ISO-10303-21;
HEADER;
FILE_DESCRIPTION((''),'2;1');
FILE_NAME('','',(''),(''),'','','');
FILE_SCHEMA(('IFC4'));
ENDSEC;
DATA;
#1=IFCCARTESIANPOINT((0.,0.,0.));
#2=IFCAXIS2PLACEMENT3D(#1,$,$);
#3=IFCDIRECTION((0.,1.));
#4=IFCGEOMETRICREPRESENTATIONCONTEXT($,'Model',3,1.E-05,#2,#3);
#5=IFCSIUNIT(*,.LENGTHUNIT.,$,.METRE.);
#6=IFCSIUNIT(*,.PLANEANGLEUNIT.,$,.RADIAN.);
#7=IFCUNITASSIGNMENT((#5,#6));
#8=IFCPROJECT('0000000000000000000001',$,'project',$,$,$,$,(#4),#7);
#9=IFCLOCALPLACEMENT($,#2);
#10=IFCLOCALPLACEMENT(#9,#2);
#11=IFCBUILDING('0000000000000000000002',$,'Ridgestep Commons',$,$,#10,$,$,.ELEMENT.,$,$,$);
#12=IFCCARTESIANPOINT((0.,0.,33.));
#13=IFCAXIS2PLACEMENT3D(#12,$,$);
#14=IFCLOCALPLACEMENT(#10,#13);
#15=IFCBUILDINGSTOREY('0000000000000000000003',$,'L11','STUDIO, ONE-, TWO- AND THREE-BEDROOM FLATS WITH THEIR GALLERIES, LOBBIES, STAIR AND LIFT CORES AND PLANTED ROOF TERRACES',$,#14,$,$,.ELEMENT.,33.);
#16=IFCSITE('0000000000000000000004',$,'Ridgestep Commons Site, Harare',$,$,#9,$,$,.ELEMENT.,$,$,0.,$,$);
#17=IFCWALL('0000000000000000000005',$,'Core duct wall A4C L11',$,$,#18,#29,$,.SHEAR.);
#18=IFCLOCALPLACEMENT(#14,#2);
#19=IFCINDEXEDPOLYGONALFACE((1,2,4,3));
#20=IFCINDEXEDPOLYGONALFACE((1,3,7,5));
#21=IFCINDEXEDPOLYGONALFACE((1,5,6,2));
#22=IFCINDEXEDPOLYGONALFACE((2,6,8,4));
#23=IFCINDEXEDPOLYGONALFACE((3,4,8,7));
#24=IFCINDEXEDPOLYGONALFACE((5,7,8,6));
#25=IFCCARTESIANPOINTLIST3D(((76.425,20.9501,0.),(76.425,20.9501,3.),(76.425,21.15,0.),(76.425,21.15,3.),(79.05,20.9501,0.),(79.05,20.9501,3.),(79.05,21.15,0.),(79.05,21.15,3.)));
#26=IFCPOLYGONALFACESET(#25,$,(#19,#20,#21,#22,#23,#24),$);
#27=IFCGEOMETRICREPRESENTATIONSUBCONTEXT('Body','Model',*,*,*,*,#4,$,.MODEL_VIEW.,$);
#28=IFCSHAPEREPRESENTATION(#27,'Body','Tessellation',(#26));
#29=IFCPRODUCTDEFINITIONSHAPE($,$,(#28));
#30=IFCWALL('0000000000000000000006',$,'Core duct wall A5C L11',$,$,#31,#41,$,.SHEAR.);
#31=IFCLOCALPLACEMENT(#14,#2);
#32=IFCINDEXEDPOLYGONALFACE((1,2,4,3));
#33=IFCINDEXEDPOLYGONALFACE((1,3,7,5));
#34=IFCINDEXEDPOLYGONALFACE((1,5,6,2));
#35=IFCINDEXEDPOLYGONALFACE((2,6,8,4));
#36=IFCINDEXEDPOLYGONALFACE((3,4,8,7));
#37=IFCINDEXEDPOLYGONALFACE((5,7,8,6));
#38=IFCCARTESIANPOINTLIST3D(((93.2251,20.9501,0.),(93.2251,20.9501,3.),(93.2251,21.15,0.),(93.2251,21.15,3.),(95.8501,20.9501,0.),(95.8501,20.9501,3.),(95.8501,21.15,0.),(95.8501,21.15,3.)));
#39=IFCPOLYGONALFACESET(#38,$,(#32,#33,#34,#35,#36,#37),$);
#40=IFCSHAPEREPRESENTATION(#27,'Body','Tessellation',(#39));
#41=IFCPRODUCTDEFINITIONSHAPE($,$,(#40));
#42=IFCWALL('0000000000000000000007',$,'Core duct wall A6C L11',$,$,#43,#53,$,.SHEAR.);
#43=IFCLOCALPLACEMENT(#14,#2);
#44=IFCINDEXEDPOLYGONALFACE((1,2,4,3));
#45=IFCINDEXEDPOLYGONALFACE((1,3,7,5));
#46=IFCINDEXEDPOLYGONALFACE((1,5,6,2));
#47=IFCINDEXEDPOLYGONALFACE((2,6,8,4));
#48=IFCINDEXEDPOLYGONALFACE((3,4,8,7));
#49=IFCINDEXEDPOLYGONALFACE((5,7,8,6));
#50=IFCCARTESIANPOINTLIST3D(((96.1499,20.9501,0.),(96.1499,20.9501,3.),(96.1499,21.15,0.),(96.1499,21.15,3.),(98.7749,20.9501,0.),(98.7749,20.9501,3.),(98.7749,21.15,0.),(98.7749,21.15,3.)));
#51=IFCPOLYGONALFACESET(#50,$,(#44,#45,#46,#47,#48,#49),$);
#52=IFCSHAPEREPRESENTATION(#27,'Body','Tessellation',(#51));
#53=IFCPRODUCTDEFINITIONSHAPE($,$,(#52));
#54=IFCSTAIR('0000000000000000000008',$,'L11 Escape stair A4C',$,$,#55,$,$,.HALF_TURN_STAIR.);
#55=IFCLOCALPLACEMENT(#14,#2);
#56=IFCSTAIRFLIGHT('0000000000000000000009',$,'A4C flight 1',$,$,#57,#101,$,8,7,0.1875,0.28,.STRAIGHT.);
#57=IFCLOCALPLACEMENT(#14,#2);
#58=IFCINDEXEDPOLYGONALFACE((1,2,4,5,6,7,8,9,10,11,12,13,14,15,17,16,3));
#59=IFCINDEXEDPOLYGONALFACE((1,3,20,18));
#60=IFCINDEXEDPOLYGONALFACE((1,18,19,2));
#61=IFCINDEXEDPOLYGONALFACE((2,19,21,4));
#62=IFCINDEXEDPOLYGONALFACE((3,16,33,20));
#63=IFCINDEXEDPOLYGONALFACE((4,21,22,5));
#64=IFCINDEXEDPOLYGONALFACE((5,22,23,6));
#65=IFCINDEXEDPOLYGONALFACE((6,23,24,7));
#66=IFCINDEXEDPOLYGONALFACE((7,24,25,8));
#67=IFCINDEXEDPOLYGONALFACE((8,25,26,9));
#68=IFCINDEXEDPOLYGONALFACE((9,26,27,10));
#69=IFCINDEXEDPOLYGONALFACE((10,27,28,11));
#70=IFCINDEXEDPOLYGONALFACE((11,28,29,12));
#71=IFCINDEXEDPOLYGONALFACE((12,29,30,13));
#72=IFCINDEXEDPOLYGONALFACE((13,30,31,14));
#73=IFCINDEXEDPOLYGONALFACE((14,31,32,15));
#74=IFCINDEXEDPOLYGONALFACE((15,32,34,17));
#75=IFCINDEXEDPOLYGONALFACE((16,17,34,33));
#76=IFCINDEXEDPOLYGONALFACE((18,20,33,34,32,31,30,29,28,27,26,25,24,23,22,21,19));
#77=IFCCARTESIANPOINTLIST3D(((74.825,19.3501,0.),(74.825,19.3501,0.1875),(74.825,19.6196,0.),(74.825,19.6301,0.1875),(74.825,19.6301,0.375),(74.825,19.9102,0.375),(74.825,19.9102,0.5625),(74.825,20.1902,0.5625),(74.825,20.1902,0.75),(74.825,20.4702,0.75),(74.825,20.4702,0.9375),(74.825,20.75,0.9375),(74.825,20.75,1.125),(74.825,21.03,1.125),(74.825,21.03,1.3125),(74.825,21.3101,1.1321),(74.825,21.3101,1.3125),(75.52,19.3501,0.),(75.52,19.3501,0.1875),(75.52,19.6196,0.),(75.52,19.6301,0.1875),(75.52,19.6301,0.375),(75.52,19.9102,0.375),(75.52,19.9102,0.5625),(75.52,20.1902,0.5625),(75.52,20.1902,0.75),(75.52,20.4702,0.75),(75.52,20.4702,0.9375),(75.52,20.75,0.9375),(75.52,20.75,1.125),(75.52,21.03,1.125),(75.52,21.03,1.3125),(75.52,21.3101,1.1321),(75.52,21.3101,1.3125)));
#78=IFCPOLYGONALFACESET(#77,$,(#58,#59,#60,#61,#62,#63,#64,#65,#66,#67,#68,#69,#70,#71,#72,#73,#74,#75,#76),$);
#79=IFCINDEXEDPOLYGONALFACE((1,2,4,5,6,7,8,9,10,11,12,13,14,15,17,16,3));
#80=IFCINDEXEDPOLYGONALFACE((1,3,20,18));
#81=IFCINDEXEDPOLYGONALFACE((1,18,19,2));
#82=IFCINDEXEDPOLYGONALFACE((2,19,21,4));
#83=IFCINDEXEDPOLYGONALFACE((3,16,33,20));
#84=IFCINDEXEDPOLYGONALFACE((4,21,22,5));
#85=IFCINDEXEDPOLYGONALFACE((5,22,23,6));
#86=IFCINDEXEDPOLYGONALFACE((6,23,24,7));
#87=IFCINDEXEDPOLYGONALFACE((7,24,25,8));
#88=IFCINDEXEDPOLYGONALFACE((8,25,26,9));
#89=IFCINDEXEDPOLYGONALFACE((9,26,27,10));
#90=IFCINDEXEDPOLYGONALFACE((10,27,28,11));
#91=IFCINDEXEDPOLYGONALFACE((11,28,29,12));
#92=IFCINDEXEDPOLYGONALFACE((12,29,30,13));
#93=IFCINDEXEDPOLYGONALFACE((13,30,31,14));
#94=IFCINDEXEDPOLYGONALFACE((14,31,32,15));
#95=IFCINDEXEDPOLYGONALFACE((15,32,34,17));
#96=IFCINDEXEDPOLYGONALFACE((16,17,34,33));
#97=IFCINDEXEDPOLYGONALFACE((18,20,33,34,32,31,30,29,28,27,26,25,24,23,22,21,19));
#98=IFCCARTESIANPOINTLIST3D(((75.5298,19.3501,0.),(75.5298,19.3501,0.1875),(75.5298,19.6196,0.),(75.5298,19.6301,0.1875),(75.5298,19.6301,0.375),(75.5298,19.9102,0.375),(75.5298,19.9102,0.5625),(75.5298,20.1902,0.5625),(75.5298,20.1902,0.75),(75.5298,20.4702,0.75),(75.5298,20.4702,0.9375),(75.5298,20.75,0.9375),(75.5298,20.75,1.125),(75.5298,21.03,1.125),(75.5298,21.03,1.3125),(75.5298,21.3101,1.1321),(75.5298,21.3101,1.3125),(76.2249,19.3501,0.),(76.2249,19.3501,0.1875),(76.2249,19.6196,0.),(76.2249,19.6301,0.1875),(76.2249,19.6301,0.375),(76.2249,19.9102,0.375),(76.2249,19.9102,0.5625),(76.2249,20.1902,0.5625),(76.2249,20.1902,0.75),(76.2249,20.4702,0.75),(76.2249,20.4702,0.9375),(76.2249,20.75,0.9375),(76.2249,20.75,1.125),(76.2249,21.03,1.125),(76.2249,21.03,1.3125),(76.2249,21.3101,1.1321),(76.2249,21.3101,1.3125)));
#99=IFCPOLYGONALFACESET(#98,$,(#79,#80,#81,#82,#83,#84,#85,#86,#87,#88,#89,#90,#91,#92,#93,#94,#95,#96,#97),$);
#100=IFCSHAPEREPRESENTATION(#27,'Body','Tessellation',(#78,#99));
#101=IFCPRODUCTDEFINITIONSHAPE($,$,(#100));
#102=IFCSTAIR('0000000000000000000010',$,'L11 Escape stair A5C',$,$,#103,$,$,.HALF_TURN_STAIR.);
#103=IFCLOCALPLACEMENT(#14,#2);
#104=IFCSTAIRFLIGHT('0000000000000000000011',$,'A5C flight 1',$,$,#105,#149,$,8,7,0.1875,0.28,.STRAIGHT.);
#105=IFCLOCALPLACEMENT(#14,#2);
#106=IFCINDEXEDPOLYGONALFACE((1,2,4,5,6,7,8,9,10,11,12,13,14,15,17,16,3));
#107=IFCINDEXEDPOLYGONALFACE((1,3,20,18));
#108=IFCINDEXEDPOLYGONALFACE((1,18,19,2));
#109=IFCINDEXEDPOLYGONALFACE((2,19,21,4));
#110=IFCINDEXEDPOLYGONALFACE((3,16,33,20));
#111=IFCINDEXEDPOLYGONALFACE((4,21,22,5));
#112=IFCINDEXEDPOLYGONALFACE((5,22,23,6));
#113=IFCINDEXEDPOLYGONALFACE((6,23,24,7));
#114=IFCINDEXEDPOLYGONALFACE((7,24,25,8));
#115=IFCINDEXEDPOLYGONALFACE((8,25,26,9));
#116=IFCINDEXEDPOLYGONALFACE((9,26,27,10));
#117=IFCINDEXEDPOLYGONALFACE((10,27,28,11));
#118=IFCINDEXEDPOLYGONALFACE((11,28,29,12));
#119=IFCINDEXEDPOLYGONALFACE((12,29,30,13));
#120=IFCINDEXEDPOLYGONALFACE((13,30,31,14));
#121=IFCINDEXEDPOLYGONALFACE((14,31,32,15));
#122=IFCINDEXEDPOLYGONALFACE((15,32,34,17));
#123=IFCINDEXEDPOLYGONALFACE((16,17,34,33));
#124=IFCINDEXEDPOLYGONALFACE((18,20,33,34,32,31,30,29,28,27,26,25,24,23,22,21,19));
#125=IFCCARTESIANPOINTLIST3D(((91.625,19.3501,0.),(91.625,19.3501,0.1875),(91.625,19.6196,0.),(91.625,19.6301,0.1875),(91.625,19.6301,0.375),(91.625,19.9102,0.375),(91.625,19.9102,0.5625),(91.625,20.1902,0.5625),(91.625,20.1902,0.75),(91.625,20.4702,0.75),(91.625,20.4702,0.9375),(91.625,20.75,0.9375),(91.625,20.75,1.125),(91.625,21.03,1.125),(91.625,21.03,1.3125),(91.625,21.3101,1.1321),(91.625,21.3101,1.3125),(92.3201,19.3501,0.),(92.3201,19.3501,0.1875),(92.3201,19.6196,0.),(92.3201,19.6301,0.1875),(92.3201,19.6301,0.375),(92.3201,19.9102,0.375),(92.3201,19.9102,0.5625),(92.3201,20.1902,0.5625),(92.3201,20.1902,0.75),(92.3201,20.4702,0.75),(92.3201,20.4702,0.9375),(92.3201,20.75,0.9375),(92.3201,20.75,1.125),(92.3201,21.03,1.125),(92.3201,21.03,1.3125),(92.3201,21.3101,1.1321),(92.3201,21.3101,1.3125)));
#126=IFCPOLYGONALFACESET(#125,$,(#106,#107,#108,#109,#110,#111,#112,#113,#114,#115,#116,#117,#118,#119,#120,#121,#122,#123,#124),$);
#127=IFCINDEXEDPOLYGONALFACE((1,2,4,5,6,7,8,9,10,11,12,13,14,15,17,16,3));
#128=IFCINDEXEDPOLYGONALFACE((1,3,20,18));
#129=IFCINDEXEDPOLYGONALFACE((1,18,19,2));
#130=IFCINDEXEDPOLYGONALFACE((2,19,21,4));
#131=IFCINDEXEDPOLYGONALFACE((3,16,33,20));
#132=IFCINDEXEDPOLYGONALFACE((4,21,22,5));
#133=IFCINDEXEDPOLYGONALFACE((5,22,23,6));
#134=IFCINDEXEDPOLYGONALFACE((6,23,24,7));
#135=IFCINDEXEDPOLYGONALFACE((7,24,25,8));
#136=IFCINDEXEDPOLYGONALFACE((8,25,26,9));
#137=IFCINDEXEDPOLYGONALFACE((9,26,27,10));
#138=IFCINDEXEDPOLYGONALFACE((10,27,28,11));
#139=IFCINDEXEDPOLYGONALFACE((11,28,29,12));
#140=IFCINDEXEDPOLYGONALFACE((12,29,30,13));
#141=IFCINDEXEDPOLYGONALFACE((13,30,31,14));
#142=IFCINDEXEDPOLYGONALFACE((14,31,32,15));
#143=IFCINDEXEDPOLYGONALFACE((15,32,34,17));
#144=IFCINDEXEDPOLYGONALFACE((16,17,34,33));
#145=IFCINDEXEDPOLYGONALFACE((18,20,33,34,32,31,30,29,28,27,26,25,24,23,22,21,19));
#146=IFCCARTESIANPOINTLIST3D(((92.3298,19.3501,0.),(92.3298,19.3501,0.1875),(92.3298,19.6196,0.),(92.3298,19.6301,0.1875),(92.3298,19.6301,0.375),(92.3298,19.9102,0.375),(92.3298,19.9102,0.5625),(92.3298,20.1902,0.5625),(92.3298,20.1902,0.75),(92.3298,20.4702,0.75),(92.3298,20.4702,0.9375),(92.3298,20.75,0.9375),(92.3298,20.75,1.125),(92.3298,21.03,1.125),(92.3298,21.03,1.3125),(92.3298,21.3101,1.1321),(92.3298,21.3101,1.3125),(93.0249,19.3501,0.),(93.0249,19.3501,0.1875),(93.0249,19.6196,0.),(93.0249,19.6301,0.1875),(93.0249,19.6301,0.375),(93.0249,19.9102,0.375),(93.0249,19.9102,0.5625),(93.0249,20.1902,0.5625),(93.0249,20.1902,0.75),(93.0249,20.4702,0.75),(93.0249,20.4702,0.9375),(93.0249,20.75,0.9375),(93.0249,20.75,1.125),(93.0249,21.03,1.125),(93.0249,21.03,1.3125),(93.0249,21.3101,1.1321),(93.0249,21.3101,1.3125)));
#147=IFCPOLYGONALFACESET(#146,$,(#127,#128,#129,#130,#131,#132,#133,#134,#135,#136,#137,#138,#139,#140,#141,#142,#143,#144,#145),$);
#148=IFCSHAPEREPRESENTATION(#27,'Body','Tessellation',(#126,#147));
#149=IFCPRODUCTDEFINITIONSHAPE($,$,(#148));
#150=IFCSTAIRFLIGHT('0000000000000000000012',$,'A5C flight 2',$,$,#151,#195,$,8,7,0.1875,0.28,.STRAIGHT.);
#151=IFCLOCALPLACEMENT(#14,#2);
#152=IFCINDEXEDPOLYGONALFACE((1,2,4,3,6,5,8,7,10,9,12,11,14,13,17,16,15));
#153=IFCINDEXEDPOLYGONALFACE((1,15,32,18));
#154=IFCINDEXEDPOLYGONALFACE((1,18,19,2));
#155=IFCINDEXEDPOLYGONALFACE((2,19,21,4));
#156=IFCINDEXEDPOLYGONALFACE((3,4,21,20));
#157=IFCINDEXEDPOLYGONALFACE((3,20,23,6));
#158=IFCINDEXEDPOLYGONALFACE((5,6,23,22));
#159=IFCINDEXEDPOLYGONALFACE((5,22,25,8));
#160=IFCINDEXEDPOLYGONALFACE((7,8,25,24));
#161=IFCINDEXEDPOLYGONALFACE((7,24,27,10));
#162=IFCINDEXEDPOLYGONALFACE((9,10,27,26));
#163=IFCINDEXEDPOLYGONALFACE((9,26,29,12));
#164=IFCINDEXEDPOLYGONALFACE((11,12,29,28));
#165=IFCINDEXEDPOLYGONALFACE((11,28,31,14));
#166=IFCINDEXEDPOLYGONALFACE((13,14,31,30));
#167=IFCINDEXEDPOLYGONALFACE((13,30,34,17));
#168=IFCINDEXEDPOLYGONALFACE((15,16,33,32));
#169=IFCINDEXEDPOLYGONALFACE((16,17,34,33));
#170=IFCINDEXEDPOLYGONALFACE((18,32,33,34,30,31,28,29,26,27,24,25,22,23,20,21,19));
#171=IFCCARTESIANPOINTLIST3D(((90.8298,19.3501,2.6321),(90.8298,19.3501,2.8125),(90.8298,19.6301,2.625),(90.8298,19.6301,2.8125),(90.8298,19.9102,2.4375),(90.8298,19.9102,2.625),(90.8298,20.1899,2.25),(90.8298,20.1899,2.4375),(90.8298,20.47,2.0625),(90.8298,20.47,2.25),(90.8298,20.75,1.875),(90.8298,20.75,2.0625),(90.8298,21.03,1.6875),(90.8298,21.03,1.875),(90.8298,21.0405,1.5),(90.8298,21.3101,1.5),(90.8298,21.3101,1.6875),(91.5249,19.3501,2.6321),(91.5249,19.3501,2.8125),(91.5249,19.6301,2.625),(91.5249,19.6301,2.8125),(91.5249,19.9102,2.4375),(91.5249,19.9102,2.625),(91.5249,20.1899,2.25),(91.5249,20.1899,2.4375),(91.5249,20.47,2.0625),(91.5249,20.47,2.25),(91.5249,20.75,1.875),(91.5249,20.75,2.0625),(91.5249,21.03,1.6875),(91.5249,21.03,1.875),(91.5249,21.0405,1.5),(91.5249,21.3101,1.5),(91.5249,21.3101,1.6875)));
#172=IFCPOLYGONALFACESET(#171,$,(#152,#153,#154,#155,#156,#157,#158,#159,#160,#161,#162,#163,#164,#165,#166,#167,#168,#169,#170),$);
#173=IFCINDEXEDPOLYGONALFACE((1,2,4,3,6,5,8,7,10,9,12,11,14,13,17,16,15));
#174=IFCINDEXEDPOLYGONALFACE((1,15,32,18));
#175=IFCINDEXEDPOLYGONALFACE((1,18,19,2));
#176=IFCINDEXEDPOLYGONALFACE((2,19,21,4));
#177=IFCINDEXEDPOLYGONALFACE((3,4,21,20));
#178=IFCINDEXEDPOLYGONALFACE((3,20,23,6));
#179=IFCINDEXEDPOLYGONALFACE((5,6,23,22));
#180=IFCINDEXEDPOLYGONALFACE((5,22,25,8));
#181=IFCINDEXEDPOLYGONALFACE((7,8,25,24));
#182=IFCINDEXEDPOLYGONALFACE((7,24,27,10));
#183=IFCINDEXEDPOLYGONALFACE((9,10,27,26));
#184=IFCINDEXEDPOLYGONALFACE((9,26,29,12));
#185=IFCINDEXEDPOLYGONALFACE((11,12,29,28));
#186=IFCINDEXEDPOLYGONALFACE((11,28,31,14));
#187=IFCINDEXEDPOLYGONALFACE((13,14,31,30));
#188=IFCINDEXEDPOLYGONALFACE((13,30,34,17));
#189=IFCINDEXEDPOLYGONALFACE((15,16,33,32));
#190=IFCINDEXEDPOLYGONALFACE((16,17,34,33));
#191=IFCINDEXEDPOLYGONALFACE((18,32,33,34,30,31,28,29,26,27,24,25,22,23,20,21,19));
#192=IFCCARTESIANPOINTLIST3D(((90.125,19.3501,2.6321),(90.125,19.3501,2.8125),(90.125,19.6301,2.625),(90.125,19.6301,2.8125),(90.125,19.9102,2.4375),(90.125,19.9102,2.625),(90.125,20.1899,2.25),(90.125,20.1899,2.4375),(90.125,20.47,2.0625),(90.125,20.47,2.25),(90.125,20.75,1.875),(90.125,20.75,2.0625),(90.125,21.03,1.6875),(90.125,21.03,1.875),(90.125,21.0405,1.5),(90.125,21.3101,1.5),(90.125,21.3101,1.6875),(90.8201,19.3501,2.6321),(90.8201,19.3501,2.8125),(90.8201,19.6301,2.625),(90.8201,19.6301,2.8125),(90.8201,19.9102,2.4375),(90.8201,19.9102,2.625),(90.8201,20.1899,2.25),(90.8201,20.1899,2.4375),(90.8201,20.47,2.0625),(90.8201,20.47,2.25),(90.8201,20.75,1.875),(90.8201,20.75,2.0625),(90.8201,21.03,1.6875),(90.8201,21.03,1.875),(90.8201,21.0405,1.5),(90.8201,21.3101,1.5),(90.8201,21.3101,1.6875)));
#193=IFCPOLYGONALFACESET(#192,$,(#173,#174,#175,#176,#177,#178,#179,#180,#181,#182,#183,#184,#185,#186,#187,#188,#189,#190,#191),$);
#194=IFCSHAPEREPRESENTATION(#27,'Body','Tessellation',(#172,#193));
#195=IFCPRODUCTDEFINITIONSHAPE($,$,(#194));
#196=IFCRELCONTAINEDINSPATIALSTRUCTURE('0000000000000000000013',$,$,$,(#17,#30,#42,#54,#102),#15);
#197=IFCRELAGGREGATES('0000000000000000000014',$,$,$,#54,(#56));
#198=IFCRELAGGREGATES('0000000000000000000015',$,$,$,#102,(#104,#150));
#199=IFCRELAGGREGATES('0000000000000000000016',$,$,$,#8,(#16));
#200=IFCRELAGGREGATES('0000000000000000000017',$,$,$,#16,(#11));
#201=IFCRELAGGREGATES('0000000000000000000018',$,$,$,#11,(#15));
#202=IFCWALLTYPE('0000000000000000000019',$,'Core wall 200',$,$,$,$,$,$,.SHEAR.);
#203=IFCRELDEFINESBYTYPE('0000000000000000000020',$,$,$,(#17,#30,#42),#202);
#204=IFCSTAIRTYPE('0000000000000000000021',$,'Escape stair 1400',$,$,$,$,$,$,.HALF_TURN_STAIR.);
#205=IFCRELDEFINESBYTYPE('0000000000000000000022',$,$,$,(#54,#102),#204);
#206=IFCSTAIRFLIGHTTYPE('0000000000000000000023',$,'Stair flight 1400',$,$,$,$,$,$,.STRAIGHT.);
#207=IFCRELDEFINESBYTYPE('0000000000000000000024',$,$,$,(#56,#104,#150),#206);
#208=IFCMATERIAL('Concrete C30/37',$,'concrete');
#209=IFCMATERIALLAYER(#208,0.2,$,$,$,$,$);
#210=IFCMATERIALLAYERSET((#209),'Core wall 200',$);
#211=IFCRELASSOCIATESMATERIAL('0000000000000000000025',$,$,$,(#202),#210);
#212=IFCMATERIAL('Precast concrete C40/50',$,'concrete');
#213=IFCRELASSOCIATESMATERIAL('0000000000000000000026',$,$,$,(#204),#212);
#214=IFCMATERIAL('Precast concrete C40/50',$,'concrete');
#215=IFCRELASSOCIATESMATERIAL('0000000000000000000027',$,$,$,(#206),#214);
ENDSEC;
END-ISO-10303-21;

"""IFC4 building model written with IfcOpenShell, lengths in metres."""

from ifc_helpers import new_model, si_unit, direction, frame, frame_2d, origin, place, context, subcontext, project, spatial, polyline, rectangle, outline, extrude, material, layer, layer_set, type_object, element, aggregate, save


model = new_model("IFC4")

# Units and contexts
model_context = context("Model", 3, precision=1e-05, world=origin(), true_north=direction((0.0, 1.0)))
body_context = subcontext(model_context, "Body", "Model", "MODEL_VIEW")
ifc_project = project(units=[si_unit("LENGTHUNIT", "METRE"), si_unit("PLANEANGLEUNIT", "RADIAN")], contexts=[model_context])

# Site, building, storey
site_placement = place(None, origin())
site = spatial("IfcSite", under=ifc_project, at=site_placement, Name="Ridgestep Commons Site, Harare", CompositionType="ELEMENT", RefElevation=0.0)
building_placement = place(site_placement, origin())
building = spatial("IfcBuilding", under=site, at=building_placement, Name="Ridgestep Commons", CompositionType="ELEMENT")
storey_placement = place(building_placement, frame((0.0, 0.0, 33.0)))
storey = spatial("IfcBuildingStorey", under=building, at=storey_placement, Name="L11", Description="STUDIO, ONE-, TWO- AND THREE-BEDROOM FLATS WITH THEIR GALLERIES, LOBBIES, STAIR AND LIFT CORES AND PLANTED ROOF TERRACES", CompositionType="ELEMENT", Elevation=33.0)

# Walls
ifc_material_1 = material(Name="Concrete C30/37", Category="concrete")
ifc_layer_1 = layer(ifc_material_1, 0.2)
ifc_layer_set_1 = layer_set([ifc_layer_1], Name="Core wall 200")
wall_type = type_object("IfcWallType", Name="Core wall 200", PredefinedType="SHEAR", material=ifc_layer_set_1)
for number, where, z_axis, x_axis, name in (
    (1, (76.425, 21.05, 0.0), (0.0, 0.0, 1.0), (1.0, 0.0, 0.0), "Core duct wall A4C L11"),
    (2, (93.2251, 21.05, 0.0), (0.0, 0.0, 1.0), (1.0, 0.0, 0.0), "Core duct wall A5C L11"),
    (3, (96.1499, 21.05, 0.0), (0.0, 0.0, 1.0), (1.0, 0.0, 0.0), "Core duct wall A6C L11"),
):
    element("IfcWall", number, at=place(storey_placement, frame(where, z_axis=z_axis, x_axis=x_axis)), inside=storey, type_object=wall_type, Name=name, PredefinedType="SHEAR", context=body_context, shape_type="SweptSolid", body=[
        extrude(rectangle(XDim=2.625, YDim=0.2, at=frame_2d((1.3125, 0.0))), origin(), (0.0, 0.0, 1.0), 3.0),
    ])

# Stair, stair flight
ifc_material_2 = material(Name="Precast concrete C40/50", Category="concrete")
stair_type = type_object("IfcStairType", Name="Escape stair 1400", PredefinedType="HALF_TURN_STAIR", material=ifc_material_2)
stair_1_placement = place(storey_placement, origin())
stair_1 = element("IfcStair", 4, at=stair_1_placement, inside=storey, type_object=stair_type, Name="L11 Escape stair A4C", PredefinedType="HALF_TURN_STAIR")
ifc_material_3 = material(Name="Precast concrete C40/50", Category="concrete")
stair_flight_type = type_object("IfcStairFlightType", Name="Stair flight 1400", PredefinedType="STRAIGHT", material=ifc_material_3)
stair_flight_1_placement = place(storey_placement, frame((75.5249, 19.3501, 0.0), z_axis=(0.0, 0.0, 1.0), x_axis=(0.0, 1.0, 0.0)))
stair_flight_1 = element("IfcStairFlight", 5, at=stair_flight_1_placement, type_object=stair_flight_type, Name="A4C flight 1", NumberOfRisers=8, NumberOfTreads=7, PredefinedType="STRAIGHT", RiserHeight=0.1875, TreadLength=0.28, context=body_context, shape_type="SweptSolid", body=[
    extrude(outline(polyline([(0.0, 0.0), (0.0, 0.1875), (0.28, 0.1875), (0.28, 0.375), (0.5601, 0.375), (0.5601, 0.5625), (0.8401, 0.5625), (0.8401, 0.75), (1.1201, 0.75), (1.1201, 0.9375), (1.3999, 0.9375), (1.3999, 1.125), (1.6799, 1.125), (1.6799, 1.3125), (1.96, 1.3125), (1.96, 1.5), (1.96, 1.1321), (0.2695, 0.0), (0.0, 0.0)])), frame((0.0, 0.7, 0.0), z_axis=(0.0, -1.0, 0.0), x_axis=(1.0, 0.0, 0.0)), (0.0, 0.0, 1.0), 0.6951),
    extrude(outline(polyline([(0.0, 0.0), (0.0, 0.1875), (0.28, 0.1875), (0.28, 0.375), (0.5601, 0.375), (0.5601, 0.5625), (0.8401, 0.5625), (0.8401, 0.75), (1.1201, 0.75), (1.1201, 0.9375), (1.3999, 0.9375), (1.3999, 1.125), (1.6799, 1.125), (1.6799, 1.3125), (1.96, 1.3125), (1.96, 1.5), (1.96, 1.1321), (0.2695, 0.0), (0.0, 0.0)])), frame((0.0, -0.0049, 0.0), z_axis=(0.0, -1.0, 0.0), x_axis=(1.0, 0.0, 0.0)), (0.0, 0.0, 1.0), 0.6951),
])
aggregate(stair_1, [stair_flight_1])

# Stair, stair flights
stair_2_placement = place(storey_placement, origin())
stair_2 = element("IfcStair", 6, at=stair_2_placement, inside=storey, type_object=stair_type, Name="L11 Escape stair A5C", PredefinedType="HALF_TURN_STAIR")
stair_flight_2_placement = place(storey_placement, frame((92.325, 19.3501, 0.0), z_axis=(0.0, 0.0, 1.0), x_axis=(0.0, 1.0, 0.0)))
stair_flight_2 = element("IfcStairFlight", 7, at=stair_flight_2_placement, type_object=stair_flight_type, Name="A5C flight 1", NumberOfRisers=8, NumberOfTreads=7, PredefinedType="STRAIGHT", RiserHeight=0.1875, TreadLength=0.28, context=body_context, shape_type="SweptSolid", body=[
    extrude(outline(polyline([(0.0, 0.0), (0.0, 0.1875), (0.28, 0.1875), (0.28, 0.375), (0.5601, 0.375), (0.5601, 0.5625), (0.8401, 0.5625), (0.8401, 0.75), (1.1201, 0.75), (1.1201, 0.9375), (1.3999, 0.9375), (1.3999, 1.125), (1.6799, 1.125), (1.6799, 1.3125), (1.96, 1.3125), (1.96, 1.5), (1.96, 1.1321), (0.2695, 0.0), (0.0, 0.0)])), frame((0.0, 0.7, 0.0), z_axis=(0.0, -1.0, 0.0), x_axis=(1.0, 0.0, 0.0)), (0.0, 0.0, 1.0), 0.6951),
    extrude(outline(polyline([(0.0, 0.0), (0.0, 0.1875), (0.28, 0.1875), (0.28, 0.375), (0.5601, 0.375), (0.5601, 0.5625), (0.8401, 0.5625), (0.8401, 0.75), (1.1201, 0.75), (1.1201, 0.9375), (1.3999, 0.9375), (1.3999, 1.125), (1.6799, 1.125), (1.6799, 1.3125), (1.96, 1.3125), (1.96, 1.5), (1.96, 1.1321), (0.2695, 0.0), (0.0, 0.0)])), frame((0.0, -0.0049, 0.0), z_axis=(0.0, -1.0, 0.0), x_axis=(1.0, 0.0, 0.0)), (0.0, 0.0, 1.0), 0.6951),
])
stair_flight_3_placement = place(storey_placement, frame((90.825, 21.3101, 1.5), z_axis=(0.0, 0.0, 1.0), x_axis=(0.0, -1.0, 0.0)))
stair_flight_3 = element("IfcStairFlight", 8, at=stair_flight_3_placement, type_object=stair_flight_type, Name="A5C flight 2", NumberOfRisers=8, NumberOfTreads=7, PredefinedType="STRAIGHT", RiserHeight=0.1875, TreadLength=0.28, context=body_context, shape_type="SweptSolid", body=[
    extrude(outline(polyline([(0.0, 0.0), (0.0, 0.1875), (0.28, 0.1875), (0.28, 0.375), (0.5601, 0.375), (0.5601, 0.5625), (0.8401, 0.5625), (0.8401, 0.75), (1.1201, 0.75), (1.1201, 0.9375), (1.3999, 0.9375), (1.3999, 1.125), (1.6799, 1.125), (1.6799, 1.3125), (1.96, 1.3125), (1.96, 1.5), (1.96, 1.1321), (0.2695, 0.0), (0.0, 0.0)])), frame((0.0, 0.7, 0.0), z_axis=(0.0, -1.0, 0.0), x_axis=(1.0, 0.0, 0.0)), (0.0, 0.0, 1.0), 0.6951),
    extrude(outline(polyline([(0.0, 0.0), (0.0, 0.1875), (0.28, 0.1875), (0.28, 0.375), (0.5601, 0.375), (0.5601, 0.5625), (0.8401, 0.5625), (0.8401, 0.75), (1.1201, 0.75), (1.1201, 0.9375), (1.3999, 0.9375), (1.3999, 1.125), (1.6799, 1.125), (1.6799, 1.3125), (1.96, 1.3125), (1.96, 1.5), (1.96, 1.1321), (0.2695, 0.0), (0.0, 0.0)])), frame((0.0, -0.0049, 0.0), z_axis=(0.0, -1.0, 0.0), x_axis=(1.0, 0.0, 0.0)), (0.0, 0.0, 1.0), 0.6951),
])
aggregate(stair_2, [stair_flight_2, stair_flight_3])

save(model, "model.ifc")
